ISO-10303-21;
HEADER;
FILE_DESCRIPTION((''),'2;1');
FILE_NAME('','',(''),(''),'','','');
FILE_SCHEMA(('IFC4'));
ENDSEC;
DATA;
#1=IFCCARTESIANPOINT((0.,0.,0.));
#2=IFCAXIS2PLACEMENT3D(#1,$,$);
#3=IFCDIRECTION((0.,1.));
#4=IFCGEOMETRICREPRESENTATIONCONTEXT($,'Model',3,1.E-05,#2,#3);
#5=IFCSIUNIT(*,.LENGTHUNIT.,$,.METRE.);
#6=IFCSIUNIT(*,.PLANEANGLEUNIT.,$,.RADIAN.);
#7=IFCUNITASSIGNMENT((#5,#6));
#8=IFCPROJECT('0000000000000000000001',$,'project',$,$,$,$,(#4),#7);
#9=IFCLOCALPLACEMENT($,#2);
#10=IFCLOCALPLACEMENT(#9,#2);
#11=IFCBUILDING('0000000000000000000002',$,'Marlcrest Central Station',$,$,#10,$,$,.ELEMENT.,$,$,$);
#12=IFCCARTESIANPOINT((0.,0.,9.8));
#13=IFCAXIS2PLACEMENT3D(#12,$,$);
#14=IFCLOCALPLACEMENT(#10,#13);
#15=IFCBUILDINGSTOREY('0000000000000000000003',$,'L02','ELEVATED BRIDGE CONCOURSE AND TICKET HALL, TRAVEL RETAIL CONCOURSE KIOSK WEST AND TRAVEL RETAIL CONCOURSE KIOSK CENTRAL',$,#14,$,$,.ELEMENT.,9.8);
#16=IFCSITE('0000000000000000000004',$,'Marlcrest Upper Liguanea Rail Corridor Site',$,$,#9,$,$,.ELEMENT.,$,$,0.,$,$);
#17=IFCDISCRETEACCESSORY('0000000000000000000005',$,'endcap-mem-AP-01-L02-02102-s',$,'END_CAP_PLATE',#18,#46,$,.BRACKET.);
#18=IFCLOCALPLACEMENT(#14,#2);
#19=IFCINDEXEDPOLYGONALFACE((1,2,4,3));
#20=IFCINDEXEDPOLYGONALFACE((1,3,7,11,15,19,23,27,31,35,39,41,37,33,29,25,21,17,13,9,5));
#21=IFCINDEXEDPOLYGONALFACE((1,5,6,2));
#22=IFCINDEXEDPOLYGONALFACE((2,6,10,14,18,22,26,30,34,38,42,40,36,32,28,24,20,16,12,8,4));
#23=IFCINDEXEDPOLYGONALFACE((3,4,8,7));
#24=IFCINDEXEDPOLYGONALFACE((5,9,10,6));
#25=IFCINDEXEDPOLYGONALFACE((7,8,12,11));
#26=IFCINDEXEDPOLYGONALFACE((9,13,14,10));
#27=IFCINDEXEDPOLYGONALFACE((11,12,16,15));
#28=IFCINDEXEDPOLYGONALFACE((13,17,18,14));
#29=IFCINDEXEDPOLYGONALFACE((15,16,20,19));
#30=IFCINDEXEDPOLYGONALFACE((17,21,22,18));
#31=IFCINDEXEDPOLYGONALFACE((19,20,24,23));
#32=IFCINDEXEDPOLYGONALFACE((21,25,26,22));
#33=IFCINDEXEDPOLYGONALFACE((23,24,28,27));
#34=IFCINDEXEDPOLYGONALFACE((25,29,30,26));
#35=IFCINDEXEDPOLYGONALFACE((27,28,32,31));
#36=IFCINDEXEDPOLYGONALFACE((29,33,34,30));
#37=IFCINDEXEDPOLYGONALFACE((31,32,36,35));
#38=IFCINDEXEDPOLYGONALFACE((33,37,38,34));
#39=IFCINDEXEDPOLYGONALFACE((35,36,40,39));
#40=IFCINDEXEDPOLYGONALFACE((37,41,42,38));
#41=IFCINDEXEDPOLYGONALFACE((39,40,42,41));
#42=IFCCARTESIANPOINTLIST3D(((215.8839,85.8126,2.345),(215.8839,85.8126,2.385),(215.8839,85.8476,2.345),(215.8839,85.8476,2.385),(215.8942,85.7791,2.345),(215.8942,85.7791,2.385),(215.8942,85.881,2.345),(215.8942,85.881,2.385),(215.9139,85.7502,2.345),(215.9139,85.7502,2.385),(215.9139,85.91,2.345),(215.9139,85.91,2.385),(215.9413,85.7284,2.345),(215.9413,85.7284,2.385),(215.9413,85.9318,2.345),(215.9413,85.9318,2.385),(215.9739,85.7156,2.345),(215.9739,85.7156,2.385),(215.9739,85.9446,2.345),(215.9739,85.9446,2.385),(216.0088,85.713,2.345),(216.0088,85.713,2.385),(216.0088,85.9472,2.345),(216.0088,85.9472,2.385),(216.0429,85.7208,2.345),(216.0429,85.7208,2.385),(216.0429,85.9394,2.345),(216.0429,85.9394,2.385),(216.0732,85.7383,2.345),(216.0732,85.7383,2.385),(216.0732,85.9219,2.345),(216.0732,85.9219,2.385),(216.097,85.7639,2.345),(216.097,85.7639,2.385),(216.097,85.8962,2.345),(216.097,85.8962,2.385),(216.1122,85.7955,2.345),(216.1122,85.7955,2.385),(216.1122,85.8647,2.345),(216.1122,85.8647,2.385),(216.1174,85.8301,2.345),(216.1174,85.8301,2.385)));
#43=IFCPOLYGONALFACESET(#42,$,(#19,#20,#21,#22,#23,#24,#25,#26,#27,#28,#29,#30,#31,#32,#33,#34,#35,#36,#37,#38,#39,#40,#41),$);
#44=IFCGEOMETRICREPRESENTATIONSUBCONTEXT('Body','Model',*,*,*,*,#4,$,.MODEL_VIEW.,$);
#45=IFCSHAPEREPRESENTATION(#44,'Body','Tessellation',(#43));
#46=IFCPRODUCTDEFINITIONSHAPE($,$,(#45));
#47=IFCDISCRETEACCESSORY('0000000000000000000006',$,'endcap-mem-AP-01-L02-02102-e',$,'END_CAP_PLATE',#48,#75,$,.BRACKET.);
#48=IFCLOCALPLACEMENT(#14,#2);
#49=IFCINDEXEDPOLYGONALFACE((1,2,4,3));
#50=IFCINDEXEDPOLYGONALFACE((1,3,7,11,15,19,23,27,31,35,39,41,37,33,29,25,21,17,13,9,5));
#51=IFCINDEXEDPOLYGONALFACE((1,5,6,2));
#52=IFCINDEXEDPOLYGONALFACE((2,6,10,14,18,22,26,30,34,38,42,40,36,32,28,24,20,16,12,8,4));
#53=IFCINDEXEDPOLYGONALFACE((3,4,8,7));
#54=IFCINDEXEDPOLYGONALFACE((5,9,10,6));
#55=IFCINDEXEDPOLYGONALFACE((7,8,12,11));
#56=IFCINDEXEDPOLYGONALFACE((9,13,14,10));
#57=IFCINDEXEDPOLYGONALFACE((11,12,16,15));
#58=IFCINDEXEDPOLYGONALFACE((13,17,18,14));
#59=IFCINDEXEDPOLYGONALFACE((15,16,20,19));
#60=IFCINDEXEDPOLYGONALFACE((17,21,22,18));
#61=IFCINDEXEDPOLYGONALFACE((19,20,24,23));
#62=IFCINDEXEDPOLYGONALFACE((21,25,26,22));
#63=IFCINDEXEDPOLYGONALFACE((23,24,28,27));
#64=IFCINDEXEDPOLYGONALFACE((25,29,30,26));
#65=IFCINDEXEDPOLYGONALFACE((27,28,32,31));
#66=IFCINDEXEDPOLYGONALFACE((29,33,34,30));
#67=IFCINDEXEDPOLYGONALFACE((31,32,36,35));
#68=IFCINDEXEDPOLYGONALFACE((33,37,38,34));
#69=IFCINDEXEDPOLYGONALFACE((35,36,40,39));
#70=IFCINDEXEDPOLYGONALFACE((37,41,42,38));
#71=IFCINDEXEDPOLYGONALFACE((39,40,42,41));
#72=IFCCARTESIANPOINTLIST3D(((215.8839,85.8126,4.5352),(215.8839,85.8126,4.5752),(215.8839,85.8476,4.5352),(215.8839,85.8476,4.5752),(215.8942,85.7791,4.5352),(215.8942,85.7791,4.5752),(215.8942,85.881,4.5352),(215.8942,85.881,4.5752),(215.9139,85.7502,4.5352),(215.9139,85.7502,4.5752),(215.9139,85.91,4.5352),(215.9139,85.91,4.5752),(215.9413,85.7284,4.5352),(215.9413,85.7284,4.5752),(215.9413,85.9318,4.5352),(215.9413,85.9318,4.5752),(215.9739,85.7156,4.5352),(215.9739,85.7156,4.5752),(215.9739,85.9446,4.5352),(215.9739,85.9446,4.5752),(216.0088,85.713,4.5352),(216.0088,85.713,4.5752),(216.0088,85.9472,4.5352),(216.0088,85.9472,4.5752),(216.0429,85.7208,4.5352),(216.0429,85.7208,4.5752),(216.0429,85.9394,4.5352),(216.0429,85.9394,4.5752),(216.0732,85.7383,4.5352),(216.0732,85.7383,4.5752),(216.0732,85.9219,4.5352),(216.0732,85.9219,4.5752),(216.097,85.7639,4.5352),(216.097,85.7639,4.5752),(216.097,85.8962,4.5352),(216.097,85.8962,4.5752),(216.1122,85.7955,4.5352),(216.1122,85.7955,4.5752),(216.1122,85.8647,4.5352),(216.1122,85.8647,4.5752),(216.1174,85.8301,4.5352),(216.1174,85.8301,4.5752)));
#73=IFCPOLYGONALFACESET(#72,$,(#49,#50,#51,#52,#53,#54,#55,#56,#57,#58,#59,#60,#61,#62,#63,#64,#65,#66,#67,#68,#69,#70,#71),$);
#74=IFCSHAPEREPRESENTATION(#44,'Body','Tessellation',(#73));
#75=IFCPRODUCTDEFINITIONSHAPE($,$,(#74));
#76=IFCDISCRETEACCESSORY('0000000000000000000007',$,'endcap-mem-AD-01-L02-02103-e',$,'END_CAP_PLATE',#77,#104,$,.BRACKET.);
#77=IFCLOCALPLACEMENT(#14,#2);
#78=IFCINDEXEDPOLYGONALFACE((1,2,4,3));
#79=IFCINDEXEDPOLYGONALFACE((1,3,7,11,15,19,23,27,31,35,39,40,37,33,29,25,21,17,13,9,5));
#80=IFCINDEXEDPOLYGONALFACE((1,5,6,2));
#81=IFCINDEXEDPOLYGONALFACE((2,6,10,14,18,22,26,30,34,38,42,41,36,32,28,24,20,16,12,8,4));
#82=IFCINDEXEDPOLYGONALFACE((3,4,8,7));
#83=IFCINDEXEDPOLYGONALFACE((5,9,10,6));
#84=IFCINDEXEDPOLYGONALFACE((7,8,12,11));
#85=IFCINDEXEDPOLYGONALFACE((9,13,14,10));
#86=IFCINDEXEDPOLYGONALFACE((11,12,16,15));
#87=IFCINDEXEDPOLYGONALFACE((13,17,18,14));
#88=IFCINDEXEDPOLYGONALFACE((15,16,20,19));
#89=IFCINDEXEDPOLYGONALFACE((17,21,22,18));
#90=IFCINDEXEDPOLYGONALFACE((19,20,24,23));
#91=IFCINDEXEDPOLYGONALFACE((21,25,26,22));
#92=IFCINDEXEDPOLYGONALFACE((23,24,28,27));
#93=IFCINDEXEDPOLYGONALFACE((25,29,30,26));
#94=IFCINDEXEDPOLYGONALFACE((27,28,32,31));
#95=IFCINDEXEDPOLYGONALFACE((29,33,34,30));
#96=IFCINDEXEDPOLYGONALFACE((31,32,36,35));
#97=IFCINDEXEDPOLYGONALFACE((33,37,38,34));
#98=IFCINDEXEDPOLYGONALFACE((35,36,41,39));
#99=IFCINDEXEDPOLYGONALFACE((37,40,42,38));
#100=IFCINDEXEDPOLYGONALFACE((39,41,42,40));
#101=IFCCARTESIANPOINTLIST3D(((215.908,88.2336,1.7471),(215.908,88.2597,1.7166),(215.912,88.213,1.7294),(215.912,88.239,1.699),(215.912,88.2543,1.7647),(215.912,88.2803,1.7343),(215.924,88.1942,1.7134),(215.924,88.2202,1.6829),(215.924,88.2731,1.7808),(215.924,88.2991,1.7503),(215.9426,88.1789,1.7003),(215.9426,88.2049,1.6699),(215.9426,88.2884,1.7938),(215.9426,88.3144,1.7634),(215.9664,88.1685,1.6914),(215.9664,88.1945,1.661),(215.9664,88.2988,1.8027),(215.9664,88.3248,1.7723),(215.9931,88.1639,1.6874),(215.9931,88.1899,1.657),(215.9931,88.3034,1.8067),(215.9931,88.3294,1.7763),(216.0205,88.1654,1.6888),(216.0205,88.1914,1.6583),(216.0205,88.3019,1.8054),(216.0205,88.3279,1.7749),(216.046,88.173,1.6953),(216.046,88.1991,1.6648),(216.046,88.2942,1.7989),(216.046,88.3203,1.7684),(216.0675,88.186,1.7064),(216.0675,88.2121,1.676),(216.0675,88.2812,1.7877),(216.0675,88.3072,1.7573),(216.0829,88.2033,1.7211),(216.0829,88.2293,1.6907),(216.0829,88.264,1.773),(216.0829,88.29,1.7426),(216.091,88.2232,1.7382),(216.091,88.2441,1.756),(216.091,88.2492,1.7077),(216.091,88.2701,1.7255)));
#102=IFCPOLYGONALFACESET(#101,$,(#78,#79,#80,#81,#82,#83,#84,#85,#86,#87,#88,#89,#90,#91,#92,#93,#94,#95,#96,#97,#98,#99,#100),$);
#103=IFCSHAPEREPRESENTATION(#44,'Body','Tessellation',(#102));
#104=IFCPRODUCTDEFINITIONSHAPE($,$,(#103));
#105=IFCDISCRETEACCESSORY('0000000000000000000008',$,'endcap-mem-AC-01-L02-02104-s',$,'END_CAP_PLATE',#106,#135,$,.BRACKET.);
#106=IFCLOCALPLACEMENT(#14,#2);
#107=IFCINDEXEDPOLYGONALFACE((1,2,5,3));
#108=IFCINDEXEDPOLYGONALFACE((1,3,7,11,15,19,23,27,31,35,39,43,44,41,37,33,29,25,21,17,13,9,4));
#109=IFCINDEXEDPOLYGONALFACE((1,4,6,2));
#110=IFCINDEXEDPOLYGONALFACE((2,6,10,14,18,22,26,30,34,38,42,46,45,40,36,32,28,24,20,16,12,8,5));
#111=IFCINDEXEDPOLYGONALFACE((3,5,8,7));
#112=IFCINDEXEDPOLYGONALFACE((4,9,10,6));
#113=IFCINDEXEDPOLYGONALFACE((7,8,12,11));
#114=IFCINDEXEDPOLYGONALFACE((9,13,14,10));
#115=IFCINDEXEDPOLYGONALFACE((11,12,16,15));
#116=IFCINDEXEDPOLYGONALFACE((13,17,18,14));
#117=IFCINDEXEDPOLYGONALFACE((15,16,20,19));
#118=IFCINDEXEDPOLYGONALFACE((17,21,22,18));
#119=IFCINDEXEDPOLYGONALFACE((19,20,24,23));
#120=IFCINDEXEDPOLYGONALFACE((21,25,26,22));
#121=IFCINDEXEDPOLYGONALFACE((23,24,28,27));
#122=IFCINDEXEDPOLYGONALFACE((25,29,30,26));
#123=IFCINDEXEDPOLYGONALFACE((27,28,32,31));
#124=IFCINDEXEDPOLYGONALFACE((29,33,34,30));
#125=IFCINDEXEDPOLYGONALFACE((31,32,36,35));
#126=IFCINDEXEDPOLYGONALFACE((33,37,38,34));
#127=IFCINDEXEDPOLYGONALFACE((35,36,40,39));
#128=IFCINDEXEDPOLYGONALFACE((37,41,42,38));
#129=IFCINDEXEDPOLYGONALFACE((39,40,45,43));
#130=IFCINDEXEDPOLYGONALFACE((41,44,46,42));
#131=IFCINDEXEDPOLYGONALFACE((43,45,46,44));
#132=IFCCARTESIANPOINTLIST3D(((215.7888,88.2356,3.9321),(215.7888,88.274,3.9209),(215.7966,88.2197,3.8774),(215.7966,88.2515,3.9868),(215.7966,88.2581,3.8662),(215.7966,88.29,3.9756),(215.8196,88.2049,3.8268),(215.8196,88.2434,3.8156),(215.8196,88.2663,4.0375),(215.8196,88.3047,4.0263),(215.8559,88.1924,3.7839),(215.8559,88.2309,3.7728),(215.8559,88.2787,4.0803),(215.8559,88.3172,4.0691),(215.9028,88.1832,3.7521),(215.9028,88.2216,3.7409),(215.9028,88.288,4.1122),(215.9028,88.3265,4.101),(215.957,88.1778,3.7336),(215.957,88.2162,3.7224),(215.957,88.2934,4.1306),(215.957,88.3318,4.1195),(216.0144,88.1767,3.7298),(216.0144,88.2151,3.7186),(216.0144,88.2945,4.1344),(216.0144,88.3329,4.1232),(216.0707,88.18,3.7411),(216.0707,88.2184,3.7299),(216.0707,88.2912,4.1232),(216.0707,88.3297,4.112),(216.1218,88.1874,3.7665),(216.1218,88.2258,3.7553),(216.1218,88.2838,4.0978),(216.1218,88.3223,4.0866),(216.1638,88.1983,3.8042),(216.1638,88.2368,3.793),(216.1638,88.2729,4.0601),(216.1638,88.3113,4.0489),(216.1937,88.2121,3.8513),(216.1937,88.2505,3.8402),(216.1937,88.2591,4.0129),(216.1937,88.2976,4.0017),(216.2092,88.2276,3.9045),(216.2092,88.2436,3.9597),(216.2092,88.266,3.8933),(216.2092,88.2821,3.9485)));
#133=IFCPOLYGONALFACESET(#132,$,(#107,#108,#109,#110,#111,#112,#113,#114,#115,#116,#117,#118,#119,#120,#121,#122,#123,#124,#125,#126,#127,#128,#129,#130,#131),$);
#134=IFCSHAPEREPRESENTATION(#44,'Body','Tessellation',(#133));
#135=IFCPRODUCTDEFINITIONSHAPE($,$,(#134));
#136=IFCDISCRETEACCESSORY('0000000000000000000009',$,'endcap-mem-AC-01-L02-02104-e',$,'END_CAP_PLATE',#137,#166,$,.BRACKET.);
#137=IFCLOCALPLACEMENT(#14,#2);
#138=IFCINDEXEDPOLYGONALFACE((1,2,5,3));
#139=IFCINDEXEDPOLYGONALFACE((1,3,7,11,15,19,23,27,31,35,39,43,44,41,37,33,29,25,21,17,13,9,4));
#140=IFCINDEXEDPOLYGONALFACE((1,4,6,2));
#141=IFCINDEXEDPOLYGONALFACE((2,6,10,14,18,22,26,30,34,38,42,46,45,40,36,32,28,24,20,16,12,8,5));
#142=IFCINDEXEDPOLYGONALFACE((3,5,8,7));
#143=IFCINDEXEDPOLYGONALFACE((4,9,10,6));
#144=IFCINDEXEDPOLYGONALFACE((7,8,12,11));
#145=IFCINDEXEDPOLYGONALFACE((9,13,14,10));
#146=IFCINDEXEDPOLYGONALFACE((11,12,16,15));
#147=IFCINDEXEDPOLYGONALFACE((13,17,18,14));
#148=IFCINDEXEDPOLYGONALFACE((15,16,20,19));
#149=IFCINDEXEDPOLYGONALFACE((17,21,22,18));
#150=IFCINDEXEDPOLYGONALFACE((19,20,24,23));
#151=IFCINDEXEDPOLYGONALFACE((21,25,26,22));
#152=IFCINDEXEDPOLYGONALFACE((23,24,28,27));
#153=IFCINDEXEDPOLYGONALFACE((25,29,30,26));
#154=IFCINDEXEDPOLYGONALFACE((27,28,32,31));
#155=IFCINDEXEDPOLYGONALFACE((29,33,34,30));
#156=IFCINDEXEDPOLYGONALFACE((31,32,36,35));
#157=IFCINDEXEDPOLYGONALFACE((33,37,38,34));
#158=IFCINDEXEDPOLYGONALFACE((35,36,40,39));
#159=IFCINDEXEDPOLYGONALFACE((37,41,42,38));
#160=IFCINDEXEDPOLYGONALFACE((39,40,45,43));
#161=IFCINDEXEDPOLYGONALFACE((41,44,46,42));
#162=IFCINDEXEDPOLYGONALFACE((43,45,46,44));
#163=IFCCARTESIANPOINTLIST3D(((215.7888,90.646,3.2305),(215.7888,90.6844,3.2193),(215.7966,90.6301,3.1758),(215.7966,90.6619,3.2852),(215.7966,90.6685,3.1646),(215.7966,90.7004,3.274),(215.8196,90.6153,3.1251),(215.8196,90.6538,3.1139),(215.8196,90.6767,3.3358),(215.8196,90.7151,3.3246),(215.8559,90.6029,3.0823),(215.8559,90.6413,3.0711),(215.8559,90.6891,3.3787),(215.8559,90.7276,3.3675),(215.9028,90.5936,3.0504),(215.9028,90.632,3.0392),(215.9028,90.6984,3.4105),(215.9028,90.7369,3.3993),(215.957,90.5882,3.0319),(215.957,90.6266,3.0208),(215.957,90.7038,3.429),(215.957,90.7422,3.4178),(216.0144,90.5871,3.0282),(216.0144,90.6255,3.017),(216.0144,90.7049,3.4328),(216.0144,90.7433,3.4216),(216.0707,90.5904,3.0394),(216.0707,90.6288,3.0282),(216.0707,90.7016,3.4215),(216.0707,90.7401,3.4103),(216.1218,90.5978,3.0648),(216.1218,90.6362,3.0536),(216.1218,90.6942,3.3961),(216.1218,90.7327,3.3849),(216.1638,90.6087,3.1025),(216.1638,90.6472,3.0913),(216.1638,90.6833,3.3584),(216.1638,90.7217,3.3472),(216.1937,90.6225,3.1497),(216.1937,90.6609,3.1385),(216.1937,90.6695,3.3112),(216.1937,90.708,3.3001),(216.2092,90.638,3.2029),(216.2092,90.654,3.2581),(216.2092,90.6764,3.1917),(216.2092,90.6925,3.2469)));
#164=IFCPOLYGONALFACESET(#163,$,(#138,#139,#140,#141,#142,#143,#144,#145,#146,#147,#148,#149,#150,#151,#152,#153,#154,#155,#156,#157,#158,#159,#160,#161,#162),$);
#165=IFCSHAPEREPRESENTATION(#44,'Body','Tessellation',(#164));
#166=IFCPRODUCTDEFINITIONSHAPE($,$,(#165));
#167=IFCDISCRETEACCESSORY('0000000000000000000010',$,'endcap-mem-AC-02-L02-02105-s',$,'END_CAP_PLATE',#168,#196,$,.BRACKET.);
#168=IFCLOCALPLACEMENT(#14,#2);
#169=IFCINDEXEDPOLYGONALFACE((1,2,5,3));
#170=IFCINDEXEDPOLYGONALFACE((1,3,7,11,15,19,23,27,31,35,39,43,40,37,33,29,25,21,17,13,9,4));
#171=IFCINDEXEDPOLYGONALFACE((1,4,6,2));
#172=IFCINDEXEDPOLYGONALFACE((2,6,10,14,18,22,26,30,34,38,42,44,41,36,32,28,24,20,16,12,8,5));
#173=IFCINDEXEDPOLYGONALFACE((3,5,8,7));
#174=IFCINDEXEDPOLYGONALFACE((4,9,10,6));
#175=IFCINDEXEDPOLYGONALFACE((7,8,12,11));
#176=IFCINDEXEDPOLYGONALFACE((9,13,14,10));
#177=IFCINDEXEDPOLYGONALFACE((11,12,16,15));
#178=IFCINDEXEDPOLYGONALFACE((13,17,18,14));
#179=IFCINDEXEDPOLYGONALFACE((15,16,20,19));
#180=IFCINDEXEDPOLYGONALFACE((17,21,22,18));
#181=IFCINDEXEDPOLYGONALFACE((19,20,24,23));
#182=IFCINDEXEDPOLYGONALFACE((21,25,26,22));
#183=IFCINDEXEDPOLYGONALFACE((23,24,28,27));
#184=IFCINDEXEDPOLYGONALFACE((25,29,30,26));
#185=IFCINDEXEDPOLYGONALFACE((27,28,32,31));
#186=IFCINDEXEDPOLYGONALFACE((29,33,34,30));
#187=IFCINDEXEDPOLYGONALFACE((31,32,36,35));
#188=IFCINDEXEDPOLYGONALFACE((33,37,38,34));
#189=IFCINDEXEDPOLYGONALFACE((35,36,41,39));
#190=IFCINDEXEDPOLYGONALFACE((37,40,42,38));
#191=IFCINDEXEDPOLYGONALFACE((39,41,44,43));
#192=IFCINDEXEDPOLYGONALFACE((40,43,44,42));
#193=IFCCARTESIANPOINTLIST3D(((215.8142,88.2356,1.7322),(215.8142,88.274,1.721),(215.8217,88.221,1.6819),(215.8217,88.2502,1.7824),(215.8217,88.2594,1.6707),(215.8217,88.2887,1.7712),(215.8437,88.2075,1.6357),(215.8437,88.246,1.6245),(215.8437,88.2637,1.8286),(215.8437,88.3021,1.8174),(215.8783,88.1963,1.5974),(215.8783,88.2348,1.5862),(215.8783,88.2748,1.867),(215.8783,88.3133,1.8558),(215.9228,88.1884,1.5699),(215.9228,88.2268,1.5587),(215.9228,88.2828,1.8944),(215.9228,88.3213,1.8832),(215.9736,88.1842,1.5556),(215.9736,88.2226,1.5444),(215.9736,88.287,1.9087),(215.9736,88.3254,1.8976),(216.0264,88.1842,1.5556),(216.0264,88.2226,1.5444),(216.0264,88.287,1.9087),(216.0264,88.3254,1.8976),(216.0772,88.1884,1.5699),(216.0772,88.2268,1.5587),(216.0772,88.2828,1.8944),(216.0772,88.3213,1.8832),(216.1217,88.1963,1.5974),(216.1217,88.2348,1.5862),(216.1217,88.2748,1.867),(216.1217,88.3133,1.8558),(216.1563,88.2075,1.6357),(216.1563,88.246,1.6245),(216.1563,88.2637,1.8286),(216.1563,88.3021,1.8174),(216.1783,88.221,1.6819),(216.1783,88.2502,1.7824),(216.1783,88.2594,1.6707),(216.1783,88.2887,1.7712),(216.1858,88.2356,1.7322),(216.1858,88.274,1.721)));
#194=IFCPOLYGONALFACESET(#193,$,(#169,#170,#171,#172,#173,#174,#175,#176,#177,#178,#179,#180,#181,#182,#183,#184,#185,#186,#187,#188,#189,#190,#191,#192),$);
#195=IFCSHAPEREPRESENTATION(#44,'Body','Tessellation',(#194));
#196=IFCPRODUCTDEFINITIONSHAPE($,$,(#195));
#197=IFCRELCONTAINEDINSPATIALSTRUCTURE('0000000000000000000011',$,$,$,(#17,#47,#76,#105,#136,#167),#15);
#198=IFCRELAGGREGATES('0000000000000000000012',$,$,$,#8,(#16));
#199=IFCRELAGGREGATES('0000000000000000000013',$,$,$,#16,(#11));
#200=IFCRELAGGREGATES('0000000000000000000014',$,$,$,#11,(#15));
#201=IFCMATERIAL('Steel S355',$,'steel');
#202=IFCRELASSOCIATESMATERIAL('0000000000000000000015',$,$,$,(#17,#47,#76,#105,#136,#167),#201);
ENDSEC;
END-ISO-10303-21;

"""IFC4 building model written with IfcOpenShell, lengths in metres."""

from ifc_helpers import new_model, si_unit, direction, frame, origin, origin_2d, place, context, subcontext, project, spatial, circle, extrude, material, element, save


model = new_model("IFC4")

# Units and contexts
model_context = context("Model", 3, precision=1e-05, world=origin(), true_north=direction((0.0, 1.0)))
body_context = subcontext(model_context, "Body", "Model", "MODEL_VIEW")
ifc_project = project(units=[si_unit("LENGTHUNIT", "METRE"), si_unit("PLANEANGLEUNIT", "RADIAN")], contexts=[model_context])

# Site, building, storey
site_placement = place(None, origin())
site = spatial("IfcSite", under=ifc_project, at=site_placement, Name="Marlcrest Upper Liguanea Rail Corridor Site", CompositionType="ELEMENT", RefElevation=0.0)
building_placement = place(site_placement, origin())
building = spatial("IfcBuilding", under=site, at=building_placement, Name="Marlcrest Central Station", CompositionType="ELEMENT")
storey_placement = place(building_placement, frame((0.0, 0.0, 9.8)))
storey = spatial("IfcBuildingStorey", under=building, at=storey_placement, Name="L02", Description="ELEVATED BRIDGE CONCOURSE AND TICKET HALL, TRAVEL RETAIL CONCOURSE KIOSK WEST AND TRAVEL RETAIL CONCOURSE KIOSK CENTRAL", CompositionType="ELEMENT", Elevation=9.8)

# Shared definitions
ifc_material = material(Name="Steel S355", Category="steel")

# Discrete accessories
for number, where, z_axis, x_axis, name in (
    (1, (216.0, 85.8301, 2.345), (0.0, 0.0, 1.0), (1.0, 0.0, 0.0), "endcap-mem-AP-01-L02-02102-s"),
    (2, (216.0, 85.8301, 4.5352), (0.0, 0.0, 1.0), (1.0, 0.0, 0.0), "endcap-mem-AP-01-L02-02102-e"),
):
    element("IfcDiscreteAccessory", number, at=place(storey_placement, frame(where, z_axis=z_axis, x_axis=x_axis)), inside=storey, material=ifc_material, Name=name, ObjectType="END_CAP_PLATE", PredefinedType="BRACKET", context=body_context, shape_type="SweptSolid", body=[
        extrude(circle(Radius=0.1174, at=origin_2d()), origin(), (0.0, 0.0, 1.0), 0.04),
    ])
discrete_accessory_1_placement = place(storey_placement, frame((216.0, 88.2336, 1.7471), z_axis=(0.0, 0.649625, -0.760255), x_axis=(-1.0, 0.0, 0.0)))
element("IfcDiscreteAccessory", 3, at=discrete_accessory_1_placement, inside=storey, material=ifc_material, Name="endcap-mem-AD-01-L02-02103-e", ObjectType="END_CAP_PLATE", PredefinedType="BRACKET", context=body_context, shape_type="SweptSolid", body=[
    extrude(circle(Radius=0.092, at=origin_2d()), origin(), (0.0, 0.0, 1.0), 0.04),
])
for number, where, z_axis, x_axis, name in (
    (4, (216.0, 88.2356, 3.9321), (0.0, 0.96013, -0.279554), (-1.0, 0.0, 0.0), "endcap-mem-AC-01-L02-02104-s"),
    (5, (216.0, 90.646, 3.2305), (0.0, 0.96013, -0.279554), (-1.0, 0.0, 0.0), "endcap-mem-AC-01-L02-02104-e"),
):
    element("IfcDiscreteAccessory", number, at=place(storey_placement, frame(where, z_axis=z_axis, x_axis=x_axis)), inside=storey, material=ifc_material, Name=name, ObjectType="END_CAP_PLATE", PredefinedType="BRACKET", context=body_context, shape_type="SweptSolid", body=[
        extrude(circle(Radius=0.2112, at=origin_2d()), origin(), (0.0, 0.0, 1.0), 0.04),
    ])
for number, where, z_axis, x_axis, name in (
    (6, (216.0, 88.2356, 1.7322), (0.0, 0.96013, -0.279554), (-1.0, 0.0, 0.0), "endcap-mem-AC-02-L02-02105-s"),
):
    element("IfcDiscreteAccessory", number, at=place(storey_placement, frame(where, z_axis=z_axis, x_axis=x_axis)), inside=storey, material=ifc_material, Name=name, ObjectType="END_CAP_PLATE", PredefinedType="BRACKET", context=body_context, shape_type="SweptSolid", body=[
        extrude(circle(Radius=0.1858, at=origin_2d()), origin(), (0.0, 0.0, 1.0), 0.04),
    ])

save(model, "model.ifc")
